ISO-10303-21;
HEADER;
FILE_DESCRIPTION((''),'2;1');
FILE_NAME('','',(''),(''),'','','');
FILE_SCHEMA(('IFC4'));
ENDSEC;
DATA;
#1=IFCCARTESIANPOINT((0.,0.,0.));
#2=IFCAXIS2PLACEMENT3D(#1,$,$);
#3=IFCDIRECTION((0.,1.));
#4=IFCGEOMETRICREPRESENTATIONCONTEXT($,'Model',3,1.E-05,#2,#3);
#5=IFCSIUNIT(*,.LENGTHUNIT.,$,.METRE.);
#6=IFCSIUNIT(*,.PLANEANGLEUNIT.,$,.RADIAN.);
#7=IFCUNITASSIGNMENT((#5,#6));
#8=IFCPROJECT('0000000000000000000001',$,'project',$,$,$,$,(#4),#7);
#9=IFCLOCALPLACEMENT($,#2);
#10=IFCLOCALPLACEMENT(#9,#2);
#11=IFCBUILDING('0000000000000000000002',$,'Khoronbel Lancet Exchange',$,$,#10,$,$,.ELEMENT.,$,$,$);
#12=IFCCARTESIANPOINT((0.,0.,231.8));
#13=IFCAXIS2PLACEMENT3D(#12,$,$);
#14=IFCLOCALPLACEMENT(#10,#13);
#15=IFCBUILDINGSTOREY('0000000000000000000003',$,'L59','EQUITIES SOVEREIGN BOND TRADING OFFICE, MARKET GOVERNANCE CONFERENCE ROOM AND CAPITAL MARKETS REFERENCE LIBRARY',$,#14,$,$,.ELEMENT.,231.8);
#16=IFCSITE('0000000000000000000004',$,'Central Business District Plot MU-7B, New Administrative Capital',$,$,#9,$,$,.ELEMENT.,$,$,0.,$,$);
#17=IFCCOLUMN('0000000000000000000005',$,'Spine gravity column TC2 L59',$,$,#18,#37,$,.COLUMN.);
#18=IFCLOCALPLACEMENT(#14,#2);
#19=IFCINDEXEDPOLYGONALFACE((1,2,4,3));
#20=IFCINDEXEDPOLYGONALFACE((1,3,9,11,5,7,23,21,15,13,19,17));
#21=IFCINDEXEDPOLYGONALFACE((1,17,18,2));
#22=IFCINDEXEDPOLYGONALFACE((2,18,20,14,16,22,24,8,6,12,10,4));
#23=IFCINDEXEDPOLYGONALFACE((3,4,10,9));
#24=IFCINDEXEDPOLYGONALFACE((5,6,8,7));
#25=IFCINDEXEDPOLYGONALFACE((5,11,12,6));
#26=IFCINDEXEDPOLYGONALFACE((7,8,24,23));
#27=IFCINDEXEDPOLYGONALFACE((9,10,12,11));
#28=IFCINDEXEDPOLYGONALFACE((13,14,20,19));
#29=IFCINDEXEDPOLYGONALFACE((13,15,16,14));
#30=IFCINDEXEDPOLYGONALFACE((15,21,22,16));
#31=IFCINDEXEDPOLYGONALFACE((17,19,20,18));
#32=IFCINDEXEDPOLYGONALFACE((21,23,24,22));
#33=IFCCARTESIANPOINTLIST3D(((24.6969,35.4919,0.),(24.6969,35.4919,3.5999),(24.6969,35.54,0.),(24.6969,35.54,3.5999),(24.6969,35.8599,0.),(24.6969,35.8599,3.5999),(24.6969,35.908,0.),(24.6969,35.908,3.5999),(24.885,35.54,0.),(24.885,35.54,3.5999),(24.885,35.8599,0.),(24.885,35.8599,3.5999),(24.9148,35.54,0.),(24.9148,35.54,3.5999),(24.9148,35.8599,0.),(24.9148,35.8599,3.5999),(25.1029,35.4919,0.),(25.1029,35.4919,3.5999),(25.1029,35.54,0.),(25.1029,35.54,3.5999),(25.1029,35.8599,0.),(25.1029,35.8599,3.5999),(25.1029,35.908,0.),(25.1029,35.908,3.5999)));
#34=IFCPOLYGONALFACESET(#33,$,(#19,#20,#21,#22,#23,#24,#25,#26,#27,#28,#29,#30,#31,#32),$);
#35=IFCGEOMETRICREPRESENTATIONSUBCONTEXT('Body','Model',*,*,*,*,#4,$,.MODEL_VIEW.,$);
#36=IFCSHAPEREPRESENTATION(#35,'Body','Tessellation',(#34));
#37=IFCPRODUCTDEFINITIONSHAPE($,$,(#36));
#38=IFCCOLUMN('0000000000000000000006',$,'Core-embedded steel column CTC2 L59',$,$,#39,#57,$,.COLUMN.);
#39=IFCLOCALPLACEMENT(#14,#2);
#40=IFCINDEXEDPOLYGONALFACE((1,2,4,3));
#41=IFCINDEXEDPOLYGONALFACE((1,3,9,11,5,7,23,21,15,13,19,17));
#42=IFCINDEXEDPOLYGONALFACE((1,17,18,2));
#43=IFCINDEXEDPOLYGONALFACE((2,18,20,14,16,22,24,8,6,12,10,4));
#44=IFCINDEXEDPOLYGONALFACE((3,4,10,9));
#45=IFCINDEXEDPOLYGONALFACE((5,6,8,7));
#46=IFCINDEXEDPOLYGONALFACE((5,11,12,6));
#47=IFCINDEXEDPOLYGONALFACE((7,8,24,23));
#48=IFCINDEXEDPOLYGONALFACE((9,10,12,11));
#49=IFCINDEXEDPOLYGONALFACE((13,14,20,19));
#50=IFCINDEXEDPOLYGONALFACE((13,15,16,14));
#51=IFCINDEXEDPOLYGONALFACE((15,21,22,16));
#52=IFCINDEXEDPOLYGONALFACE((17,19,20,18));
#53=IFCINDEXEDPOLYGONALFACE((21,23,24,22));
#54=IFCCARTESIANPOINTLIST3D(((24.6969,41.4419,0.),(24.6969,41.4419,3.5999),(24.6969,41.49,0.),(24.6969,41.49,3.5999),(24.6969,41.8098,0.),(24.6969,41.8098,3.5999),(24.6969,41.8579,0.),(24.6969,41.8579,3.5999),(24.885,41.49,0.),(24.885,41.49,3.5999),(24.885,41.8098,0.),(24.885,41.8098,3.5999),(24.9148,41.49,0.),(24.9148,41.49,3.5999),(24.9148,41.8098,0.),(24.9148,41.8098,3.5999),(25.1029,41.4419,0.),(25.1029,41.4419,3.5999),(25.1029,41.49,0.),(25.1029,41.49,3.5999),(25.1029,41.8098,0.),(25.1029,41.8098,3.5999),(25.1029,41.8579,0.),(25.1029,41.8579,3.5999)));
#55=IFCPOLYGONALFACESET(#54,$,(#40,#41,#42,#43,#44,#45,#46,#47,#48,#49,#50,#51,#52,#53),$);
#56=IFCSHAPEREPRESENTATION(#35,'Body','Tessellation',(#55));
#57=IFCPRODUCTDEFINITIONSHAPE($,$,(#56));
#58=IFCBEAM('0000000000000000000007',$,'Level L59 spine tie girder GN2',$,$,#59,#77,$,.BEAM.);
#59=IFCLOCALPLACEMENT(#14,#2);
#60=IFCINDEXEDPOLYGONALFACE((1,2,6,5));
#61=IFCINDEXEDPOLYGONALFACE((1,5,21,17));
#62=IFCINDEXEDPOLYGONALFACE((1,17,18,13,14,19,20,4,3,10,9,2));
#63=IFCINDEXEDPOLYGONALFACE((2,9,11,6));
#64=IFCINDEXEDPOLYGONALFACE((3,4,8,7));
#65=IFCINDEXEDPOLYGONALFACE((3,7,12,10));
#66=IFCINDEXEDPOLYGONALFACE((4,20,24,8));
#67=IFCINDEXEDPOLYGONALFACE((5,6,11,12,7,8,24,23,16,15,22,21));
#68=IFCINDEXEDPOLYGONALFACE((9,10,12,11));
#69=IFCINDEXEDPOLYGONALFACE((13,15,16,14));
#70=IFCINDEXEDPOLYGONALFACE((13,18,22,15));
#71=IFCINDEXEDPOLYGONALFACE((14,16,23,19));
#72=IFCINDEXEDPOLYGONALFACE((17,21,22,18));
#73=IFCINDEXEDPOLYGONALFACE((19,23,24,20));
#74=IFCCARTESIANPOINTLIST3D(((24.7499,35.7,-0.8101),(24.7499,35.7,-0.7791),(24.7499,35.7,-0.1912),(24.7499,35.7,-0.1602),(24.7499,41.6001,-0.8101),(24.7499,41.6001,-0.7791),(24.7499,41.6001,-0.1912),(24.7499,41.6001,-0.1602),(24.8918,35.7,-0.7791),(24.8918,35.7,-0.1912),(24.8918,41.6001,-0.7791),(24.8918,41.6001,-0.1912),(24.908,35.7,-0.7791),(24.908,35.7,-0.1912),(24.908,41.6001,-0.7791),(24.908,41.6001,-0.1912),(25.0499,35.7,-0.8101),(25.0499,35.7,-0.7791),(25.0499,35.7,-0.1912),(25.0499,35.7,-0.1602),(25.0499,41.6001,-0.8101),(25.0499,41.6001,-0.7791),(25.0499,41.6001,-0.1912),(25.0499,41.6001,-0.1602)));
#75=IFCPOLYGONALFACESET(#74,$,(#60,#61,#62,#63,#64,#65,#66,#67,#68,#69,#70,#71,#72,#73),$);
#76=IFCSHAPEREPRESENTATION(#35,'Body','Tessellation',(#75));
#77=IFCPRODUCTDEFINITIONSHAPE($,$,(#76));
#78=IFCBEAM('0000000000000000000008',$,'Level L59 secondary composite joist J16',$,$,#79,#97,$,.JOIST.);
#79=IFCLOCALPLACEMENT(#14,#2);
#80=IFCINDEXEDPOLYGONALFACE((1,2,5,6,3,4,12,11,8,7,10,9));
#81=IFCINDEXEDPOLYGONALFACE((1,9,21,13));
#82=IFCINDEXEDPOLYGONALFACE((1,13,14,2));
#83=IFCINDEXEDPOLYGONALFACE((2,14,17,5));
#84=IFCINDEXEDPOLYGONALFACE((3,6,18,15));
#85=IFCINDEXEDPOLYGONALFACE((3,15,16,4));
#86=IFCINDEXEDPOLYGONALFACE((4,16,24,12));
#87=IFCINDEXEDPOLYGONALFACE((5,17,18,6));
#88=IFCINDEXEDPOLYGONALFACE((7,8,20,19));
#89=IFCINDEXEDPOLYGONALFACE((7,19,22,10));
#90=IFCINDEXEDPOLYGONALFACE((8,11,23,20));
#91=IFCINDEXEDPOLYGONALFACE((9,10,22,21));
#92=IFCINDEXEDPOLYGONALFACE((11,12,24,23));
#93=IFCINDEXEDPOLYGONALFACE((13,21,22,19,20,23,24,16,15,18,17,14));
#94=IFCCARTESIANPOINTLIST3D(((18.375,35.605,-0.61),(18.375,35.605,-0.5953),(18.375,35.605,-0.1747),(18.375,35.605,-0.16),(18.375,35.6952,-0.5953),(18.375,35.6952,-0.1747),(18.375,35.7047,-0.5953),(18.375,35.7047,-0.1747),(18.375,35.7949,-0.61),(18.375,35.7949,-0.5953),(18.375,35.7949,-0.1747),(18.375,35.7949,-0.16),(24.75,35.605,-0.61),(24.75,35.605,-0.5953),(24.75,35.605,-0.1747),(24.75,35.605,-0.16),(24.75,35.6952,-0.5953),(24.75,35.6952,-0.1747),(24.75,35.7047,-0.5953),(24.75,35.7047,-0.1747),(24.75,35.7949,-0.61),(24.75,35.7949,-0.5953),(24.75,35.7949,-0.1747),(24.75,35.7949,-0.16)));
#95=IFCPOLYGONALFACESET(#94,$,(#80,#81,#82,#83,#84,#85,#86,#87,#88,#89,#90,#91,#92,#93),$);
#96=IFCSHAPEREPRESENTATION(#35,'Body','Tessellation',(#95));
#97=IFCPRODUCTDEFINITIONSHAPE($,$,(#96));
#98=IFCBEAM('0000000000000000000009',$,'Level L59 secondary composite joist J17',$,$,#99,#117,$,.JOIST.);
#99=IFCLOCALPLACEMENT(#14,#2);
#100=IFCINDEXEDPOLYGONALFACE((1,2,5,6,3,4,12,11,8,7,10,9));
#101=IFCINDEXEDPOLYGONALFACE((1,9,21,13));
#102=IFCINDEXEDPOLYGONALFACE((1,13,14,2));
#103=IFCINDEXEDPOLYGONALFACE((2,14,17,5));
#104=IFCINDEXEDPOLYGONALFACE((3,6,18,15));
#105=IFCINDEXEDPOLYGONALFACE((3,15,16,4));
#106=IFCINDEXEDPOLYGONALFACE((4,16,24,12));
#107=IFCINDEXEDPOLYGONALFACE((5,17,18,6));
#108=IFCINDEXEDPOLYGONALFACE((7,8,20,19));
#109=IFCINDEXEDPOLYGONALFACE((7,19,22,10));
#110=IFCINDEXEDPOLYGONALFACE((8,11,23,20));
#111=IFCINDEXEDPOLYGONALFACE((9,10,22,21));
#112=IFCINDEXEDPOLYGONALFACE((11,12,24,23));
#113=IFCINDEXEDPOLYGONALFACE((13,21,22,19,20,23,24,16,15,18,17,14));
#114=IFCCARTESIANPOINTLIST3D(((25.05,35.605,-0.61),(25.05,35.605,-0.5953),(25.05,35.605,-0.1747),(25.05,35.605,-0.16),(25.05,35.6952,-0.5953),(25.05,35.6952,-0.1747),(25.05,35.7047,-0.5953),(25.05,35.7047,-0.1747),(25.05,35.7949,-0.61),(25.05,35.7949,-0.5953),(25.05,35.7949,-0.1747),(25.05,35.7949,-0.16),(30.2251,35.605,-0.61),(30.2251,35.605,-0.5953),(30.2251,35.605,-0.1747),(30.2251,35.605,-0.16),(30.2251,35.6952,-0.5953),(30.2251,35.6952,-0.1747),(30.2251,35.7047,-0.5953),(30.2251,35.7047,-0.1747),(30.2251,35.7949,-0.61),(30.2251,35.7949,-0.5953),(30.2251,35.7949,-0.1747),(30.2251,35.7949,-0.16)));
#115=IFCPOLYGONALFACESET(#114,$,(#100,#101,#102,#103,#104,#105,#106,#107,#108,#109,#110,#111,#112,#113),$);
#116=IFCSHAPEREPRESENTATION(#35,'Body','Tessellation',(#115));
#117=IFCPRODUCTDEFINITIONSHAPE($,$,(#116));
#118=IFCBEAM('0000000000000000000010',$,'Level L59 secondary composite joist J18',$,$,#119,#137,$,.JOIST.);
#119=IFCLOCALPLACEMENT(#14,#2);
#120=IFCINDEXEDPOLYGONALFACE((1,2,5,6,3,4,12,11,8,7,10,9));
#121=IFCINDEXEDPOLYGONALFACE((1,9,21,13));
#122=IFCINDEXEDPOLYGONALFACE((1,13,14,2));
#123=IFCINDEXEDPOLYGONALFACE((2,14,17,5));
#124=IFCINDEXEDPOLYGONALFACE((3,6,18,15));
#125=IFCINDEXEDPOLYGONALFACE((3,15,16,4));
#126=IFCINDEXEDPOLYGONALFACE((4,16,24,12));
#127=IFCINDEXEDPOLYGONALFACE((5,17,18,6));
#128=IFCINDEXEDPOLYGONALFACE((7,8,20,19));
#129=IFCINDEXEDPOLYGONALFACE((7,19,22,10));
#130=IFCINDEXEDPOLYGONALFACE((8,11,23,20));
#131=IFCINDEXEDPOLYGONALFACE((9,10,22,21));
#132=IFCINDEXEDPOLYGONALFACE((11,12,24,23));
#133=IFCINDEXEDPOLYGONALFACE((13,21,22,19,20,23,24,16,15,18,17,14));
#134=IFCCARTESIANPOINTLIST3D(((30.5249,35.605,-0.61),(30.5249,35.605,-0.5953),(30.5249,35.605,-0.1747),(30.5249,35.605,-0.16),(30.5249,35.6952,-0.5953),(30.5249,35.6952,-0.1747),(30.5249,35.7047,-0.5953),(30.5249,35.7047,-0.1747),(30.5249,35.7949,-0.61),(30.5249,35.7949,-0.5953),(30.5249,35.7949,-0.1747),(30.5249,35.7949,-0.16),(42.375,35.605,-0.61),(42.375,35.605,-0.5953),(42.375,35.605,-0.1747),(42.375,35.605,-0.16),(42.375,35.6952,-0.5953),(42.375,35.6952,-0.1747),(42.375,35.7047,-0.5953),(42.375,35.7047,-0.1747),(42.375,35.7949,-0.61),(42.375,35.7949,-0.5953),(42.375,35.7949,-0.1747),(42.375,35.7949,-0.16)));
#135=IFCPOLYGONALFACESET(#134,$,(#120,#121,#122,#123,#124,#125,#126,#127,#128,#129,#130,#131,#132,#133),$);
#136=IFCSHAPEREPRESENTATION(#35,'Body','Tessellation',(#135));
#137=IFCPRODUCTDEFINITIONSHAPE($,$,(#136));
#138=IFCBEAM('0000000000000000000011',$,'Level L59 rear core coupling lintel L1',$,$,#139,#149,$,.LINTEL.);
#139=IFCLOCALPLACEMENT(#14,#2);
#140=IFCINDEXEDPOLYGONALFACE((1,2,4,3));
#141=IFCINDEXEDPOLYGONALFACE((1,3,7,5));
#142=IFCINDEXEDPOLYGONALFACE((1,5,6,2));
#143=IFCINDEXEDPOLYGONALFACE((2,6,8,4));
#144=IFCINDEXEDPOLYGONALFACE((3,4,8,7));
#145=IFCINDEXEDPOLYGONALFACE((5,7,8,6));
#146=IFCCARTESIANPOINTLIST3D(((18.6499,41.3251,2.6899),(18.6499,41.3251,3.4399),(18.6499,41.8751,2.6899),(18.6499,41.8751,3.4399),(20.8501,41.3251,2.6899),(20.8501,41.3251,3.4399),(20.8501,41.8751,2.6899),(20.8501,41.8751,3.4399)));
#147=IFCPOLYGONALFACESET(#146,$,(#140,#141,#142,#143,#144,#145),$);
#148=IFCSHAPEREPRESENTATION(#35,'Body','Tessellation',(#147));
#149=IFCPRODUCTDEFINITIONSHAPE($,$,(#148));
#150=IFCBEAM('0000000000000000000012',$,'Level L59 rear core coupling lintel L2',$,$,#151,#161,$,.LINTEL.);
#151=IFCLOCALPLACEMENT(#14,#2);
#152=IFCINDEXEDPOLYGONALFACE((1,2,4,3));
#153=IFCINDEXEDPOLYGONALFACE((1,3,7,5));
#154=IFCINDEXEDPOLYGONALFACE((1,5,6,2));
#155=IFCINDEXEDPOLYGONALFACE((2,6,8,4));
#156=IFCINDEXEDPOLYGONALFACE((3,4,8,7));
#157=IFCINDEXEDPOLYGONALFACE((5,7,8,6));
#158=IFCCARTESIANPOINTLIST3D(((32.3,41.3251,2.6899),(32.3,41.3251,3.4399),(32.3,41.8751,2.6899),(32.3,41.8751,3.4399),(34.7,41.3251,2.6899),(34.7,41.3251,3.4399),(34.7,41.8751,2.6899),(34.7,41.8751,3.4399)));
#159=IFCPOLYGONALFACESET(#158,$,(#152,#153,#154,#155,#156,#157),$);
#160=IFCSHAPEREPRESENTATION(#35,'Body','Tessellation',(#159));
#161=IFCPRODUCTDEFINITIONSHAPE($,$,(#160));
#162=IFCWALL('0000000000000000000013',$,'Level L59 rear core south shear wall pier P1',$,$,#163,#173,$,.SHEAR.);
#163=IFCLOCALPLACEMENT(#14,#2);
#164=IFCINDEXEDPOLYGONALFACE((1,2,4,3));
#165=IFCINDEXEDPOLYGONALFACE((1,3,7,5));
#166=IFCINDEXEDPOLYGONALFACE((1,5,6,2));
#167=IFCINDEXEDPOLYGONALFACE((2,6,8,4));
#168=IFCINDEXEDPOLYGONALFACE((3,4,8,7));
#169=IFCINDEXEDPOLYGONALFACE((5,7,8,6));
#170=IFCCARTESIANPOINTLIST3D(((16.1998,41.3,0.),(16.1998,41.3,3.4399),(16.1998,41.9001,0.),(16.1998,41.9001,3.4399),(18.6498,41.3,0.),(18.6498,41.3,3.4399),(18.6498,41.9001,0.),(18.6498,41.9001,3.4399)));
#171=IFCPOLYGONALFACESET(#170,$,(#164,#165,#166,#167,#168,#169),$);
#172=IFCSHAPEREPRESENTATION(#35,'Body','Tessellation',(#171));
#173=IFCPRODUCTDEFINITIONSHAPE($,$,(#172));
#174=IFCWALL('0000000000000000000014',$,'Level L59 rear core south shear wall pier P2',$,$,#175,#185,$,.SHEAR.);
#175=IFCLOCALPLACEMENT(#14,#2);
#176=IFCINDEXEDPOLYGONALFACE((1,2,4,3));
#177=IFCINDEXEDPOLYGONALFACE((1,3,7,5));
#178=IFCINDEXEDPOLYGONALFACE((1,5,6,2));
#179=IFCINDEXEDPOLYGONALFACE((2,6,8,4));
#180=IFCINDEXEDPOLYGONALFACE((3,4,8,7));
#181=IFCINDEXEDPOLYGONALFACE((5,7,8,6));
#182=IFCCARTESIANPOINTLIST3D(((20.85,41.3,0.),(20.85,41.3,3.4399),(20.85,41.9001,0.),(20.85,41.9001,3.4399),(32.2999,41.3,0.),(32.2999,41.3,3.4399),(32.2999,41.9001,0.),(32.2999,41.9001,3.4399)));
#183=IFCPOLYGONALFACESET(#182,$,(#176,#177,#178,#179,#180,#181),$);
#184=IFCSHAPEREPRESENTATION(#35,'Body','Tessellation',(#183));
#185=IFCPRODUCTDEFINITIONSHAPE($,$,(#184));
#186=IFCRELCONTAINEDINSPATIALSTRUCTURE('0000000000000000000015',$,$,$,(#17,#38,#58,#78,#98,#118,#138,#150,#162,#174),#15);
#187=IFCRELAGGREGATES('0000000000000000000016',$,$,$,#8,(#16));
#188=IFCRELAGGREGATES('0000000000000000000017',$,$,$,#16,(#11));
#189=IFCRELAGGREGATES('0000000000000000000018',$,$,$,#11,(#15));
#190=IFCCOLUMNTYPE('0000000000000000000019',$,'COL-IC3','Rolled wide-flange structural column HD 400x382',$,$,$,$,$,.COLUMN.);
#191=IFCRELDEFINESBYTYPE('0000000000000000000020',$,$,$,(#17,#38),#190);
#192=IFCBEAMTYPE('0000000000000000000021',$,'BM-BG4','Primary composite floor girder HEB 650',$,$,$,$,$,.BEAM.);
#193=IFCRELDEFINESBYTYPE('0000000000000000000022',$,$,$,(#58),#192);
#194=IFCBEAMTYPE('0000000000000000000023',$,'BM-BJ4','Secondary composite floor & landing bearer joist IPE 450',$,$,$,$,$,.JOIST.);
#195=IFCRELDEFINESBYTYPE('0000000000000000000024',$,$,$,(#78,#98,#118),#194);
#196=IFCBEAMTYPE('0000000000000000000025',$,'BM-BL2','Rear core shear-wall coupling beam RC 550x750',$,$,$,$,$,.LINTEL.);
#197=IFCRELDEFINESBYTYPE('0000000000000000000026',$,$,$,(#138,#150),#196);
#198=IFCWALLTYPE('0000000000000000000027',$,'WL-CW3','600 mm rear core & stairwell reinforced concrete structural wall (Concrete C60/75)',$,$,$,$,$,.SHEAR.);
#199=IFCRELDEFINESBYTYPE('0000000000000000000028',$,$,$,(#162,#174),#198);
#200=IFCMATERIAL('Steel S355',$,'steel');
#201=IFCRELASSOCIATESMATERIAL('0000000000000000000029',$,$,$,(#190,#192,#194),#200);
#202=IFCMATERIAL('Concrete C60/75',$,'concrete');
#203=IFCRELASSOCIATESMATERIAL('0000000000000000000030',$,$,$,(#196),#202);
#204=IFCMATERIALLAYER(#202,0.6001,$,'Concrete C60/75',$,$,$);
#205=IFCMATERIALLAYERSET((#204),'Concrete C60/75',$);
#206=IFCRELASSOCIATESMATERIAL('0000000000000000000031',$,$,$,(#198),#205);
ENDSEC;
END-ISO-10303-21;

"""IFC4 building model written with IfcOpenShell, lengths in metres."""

from ifc_helpers import new_model, si_unit, direction, frame, frame_2d, origin, origin_2d, place, context, subcontext, project, spatial, rectangle, i_section, extrude, material, layer, layer_set, material_profile, profile_set, type_object, element, save


model = new_model("IFC4")

# Units and contexts
model_context = context("Model", 3, precision=1e-05, world=origin(), true_north=direction((0.0, 1.0)))
body_context = subcontext(model_context, "Body", "Model", "MODEL_VIEW")
ifc_project = project(units=[si_unit("LENGTHUNIT", "METRE"), si_unit("PLANEANGLEUNIT", "RADIAN")], contexts=[model_context])

# Site, building, storey
site_placement = place(None, origin())
site = spatial("IfcSite", under=ifc_project, at=site_placement, Name="Central Business District Plot MU-7B, New Administrative Capital", CompositionType="ELEMENT", RefElevation=0.0)
building_placement = place(site_placement, origin())
building = spatial("IfcBuilding", under=site, at=building_placement, Name="Khoronbel Lancet Exchange", CompositionType="ELEMENT")
storey_placement = place(building_placement, frame((0.0, 0.0, 231.8)))
storey = spatial("IfcBuildingStorey", under=building, at=storey_placement, Name="L59", Description="EQUITIES SOVEREIGN BOND TRADING OFFICE, MARKET GOVERNANCE CONFERENCE ROOM AND CAPITAL MARKETS REFERENCE LIBRARY", CompositionType="ELEMENT", Elevation=231.8)

# Columns
ifc_material_1 = material(Name="Steel S355", Category="steel")
ifc_material_profile_1 = material_profile(ifc_material_1, i_section(OverallWidth=0.406, OverallDepth=0.416, WebThickness=0.0298, FlangeThickness=0.0481, at=origin_2d()), Name="HD 400x382")
ifc_profile_set_1 = profile_set([ifc_material_profile_1], Name="Steel S355")
column_type = type_object("IfcColumnType", Name="COL-IC3", Description="Rolled wide-flange structural column HD 400x382", PredefinedType="COLUMN", material=ifc_profile_set_1)
for number, where, z_axis, x_axis, name in (
    (1, (24.8999, 35.7, 0.0), (0.0, 0.0, 1.0), (1.0, 0.0, 0.0), "Spine gravity column TC2 L59"),
    (2, (24.8999, 41.6499, 0.0), (0.0, 0.0, 1.0), (1.0, 0.0, 0.0), "Core-embedded steel column CTC2 L59"),
):
    element("IfcColumn", number, at=place(storey_placement, frame(where, z_axis=z_axis, x_axis=x_axis)), inside=storey, type_object=column_type, Name=name, PredefinedType="COLUMN", context=body_context, shape_type="SweptSolid", body=[
        extrude(i_section(OverallWidth=0.406, OverallDepth=0.416, WebThickness=0.0298, FlangeThickness=0.0481, at=origin_2d()), origin(), (0.0, 0.0, 1.0), 3.5999),
    ])

# Beams
ifc_material_profile_2 = material_profile(ifc_material_1, i_section(OverallWidth=0.3, OverallDepth=0.6499, WebThickness=0.0161, FlangeThickness=0.031, at=origin_2d()), Name="HEB 650")
ifc_profile_set_2 = profile_set([ifc_material_profile_2], Name="Steel S355")
beam_type_1 = type_object("IfcBeamType", Name="BM-BG4", Description="Primary composite floor girder HEB 650", PredefinedType="BEAM", material=ifc_profile_set_2)
beam_1_placement = place(storey_placement, frame((24.8999, 35.7, -0.4851), z_axis=(0.0, 1.0, 0.0), x_axis=(-1.0, 0.0, 0.0)))
element("IfcBeam", 3, at=beam_1_placement, inside=storey, type_object=beam_type_1, Name="Level L59 spine tie girder GN2", PredefinedType="BEAM", context=body_context, shape_type="SweptSolid", body=[
    extrude(i_section(OverallWidth=0.3, OverallDepth=0.6499, WebThickness=0.0161, FlangeThickness=0.031, at=origin_2d()), origin(), (0.0, 0.0, 1.0), 5.9001),
])
ifc_material_profile_3 = material_profile(ifc_material_1, i_section(OverallWidth=0.1899, OverallDepth=0.45, WebThickness=0.0095, FlangeThickness=0.0146, at=origin_2d()), Name="IPE 450")
ifc_profile_set_3 = profile_set([ifc_material_profile_3], Name="Steel S355")
beam_type_2 = type_object("IfcBeamType", Name="BM-BJ4", Description="Secondary composite floor & landing bearer joist IPE 450", PredefinedType="JOIST", material=ifc_profile_set_3)
beam_2_placement = place(storey_placement, frame((18.375, 35.7, -0.385), z_axis=(1.0, 0.0, 0.0), x_axis=(0.0, 1.0, 0.0)))
element("IfcBeam", 4, at=beam_2_placement, inside=storey, type_object=beam_type_2, Name="Level L59 secondary composite joist J16", PredefinedType="JOIST", context=body_context, shape_type="SweptSolid", body=[
    extrude(i_section(OverallWidth=0.1899, OverallDepth=0.45, WebThickness=0.0095, FlangeThickness=0.0146, at=origin_2d()), origin(), (0.0, 0.0, 1.0), 6.375),
])
beam_3_placement = place(storey_placement, frame((25.05, 35.7, -0.385), z_axis=(1.0, 0.0, 0.0), x_axis=(0.0, 1.0, 0.0)))
element("IfcBeam", 5, at=beam_3_placement, inside=storey, type_object=beam_type_2, Name="Level L59 secondary composite joist J17", PredefinedType="JOIST", context=body_context, shape_type="SweptSolid", body=[
    extrude(i_section(OverallWidth=0.1899, OverallDepth=0.45, WebThickness=0.0095, FlangeThickness=0.0146, at=origin_2d()), origin(), (0.0, 0.0, 1.0), 5.175),
])
beam_4_placement = place(storey_placement, frame((30.5249, 35.7, -0.385), z_axis=(1.0, 0.0, 0.0), x_axis=(0.0, 1.0, 0.0)))
element("IfcBeam", 6, at=beam_4_placement, inside=storey, type_object=beam_type_2, Name="Level L59 secondary composite joist J18", PredefinedType="JOIST", context=body_context, shape_type="SweptSolid", body=[
    extrude(i_section(OverallWidth=0.1899, OverallDepth=0.45, WebThickness=0.0095, FlangeThickness=0.0146, at=origin_2d()), origin(), (0.0, 0.0, 1.0), 11.8501),
])
ifc_material_2 = material(Name="Concrete C60/75", Category="concrete")
ifc_material_profile_4 = material_profile(ifc_material_2, rectangle(XDim=0.55, YDim=0.75, at=origin_2d()), Name="RC 550x750")
ifc_profile_set_4 = profile_set([ifc_material_profile_4], Name="Concrete C60/75")
beam_type_3 = type_object("IfcBeamType", Name="BM-BL2", Description="Rear core shear-wall coupling beam RC 550x750", PredefinedType="LINTEL", material=ifc_profile_set_4)
beam_5_placement = place(storey_placement, frame((18.6499, 41.6001, 3.0649), z_axis=(1.0, 0.0, 0.0), x_axis=(0.0, 1.0, 0.0)))
element("IfcBeam", 7, at=beam_5_placement, inside=storey, type_object=beam_type_3, Name="Level L59 rear core coupling lintel L1", PredefinedType="LINTEL", context=body_context, shape_type="SweptSolid", body=[
    extrude(rectangle(XDim=0.55, YDim=0.75, at=origin_2d()), origin(), (0.0, 0.0, 1.0), 2.2002),
])
beam_6_placement = place(storey_placement, frame((32.3, 41.6001, 3.0649), z_axis=(1.0, 0.0, 0.0), x_axis=(0.0, 1.0, 0.0)))
element("IfcBeam", 8, at=beam_6_placement, inside=storey, type_object=beam_type_3, Name="Level L59 rear core coupling lintel L2", PredefinedType="LINTEL", context=body_context, shape_type="SweptSolid", body=[
    extrude(rectangle(XDim=0.55, YDim=0.75, at=origin_2d()), origin(), (0.0, 0.0, 1.0), 2.3999),
])

# Walls
ifc_layer_1 = layer(ifc_material_2, 0.6001, Name="Concrete C60/75")
ifc_layer_set_1 = layer_set([ifc_layer_1], Name="Concrete C60/75")
wall_type_1 = type_object("IfcWallType", Name="WL-CW3", Description="600 mm rear core & stairwell reinforced concrete structural wall (Concrete C60/75)", PredefinedType="SHEAR", material=ifc_layer_set_1)
wall_1_placement = place(storey_placement, frame((18.6499, 41.6001, 0.0), z_axis=(0.0, 0.0, 1.0), x_axis=(-1.0, 0.0, 0.0)))
element("IfcWall", 9, at=wall_1_placement, inside=storey, type_object=wall_type_1, Name="Level L59 rear core south shear wall pier P1", PredefinedType="SHEAR", context=body_context, shape_type="SweptSolid", body=[
    extrude(rectangle(XDim=2.45, YDim=0.6001, at=frame_2d((1.2251, 0.0))), origin(), (0.0, 0.0, 1.0), 3.4399),
])
wall_2_placement = place(storey_placement, frame((32.3, 41.6001, 0.0), z_axis=(0.0, 0.0, 1.0), x_axis=(-1.0, 0.0, 0.0)))
element("IfcWall", 10, at=wall_2_placement, inside=storey, type_object=wall_type_1, Name="Level L59 rear core south shear wall pier P2", PredefinedType="SHEAR", context=body_context, shape_type="SweptSolid", body=[
    extrude(rectangle(XDim=11.45, YDim=0.6001, at=frame_2d((5.7251, 0.0))), origin(), (0.0, 0.0, 1.0), 3.4399),
])

save(model, "model.ifc")
